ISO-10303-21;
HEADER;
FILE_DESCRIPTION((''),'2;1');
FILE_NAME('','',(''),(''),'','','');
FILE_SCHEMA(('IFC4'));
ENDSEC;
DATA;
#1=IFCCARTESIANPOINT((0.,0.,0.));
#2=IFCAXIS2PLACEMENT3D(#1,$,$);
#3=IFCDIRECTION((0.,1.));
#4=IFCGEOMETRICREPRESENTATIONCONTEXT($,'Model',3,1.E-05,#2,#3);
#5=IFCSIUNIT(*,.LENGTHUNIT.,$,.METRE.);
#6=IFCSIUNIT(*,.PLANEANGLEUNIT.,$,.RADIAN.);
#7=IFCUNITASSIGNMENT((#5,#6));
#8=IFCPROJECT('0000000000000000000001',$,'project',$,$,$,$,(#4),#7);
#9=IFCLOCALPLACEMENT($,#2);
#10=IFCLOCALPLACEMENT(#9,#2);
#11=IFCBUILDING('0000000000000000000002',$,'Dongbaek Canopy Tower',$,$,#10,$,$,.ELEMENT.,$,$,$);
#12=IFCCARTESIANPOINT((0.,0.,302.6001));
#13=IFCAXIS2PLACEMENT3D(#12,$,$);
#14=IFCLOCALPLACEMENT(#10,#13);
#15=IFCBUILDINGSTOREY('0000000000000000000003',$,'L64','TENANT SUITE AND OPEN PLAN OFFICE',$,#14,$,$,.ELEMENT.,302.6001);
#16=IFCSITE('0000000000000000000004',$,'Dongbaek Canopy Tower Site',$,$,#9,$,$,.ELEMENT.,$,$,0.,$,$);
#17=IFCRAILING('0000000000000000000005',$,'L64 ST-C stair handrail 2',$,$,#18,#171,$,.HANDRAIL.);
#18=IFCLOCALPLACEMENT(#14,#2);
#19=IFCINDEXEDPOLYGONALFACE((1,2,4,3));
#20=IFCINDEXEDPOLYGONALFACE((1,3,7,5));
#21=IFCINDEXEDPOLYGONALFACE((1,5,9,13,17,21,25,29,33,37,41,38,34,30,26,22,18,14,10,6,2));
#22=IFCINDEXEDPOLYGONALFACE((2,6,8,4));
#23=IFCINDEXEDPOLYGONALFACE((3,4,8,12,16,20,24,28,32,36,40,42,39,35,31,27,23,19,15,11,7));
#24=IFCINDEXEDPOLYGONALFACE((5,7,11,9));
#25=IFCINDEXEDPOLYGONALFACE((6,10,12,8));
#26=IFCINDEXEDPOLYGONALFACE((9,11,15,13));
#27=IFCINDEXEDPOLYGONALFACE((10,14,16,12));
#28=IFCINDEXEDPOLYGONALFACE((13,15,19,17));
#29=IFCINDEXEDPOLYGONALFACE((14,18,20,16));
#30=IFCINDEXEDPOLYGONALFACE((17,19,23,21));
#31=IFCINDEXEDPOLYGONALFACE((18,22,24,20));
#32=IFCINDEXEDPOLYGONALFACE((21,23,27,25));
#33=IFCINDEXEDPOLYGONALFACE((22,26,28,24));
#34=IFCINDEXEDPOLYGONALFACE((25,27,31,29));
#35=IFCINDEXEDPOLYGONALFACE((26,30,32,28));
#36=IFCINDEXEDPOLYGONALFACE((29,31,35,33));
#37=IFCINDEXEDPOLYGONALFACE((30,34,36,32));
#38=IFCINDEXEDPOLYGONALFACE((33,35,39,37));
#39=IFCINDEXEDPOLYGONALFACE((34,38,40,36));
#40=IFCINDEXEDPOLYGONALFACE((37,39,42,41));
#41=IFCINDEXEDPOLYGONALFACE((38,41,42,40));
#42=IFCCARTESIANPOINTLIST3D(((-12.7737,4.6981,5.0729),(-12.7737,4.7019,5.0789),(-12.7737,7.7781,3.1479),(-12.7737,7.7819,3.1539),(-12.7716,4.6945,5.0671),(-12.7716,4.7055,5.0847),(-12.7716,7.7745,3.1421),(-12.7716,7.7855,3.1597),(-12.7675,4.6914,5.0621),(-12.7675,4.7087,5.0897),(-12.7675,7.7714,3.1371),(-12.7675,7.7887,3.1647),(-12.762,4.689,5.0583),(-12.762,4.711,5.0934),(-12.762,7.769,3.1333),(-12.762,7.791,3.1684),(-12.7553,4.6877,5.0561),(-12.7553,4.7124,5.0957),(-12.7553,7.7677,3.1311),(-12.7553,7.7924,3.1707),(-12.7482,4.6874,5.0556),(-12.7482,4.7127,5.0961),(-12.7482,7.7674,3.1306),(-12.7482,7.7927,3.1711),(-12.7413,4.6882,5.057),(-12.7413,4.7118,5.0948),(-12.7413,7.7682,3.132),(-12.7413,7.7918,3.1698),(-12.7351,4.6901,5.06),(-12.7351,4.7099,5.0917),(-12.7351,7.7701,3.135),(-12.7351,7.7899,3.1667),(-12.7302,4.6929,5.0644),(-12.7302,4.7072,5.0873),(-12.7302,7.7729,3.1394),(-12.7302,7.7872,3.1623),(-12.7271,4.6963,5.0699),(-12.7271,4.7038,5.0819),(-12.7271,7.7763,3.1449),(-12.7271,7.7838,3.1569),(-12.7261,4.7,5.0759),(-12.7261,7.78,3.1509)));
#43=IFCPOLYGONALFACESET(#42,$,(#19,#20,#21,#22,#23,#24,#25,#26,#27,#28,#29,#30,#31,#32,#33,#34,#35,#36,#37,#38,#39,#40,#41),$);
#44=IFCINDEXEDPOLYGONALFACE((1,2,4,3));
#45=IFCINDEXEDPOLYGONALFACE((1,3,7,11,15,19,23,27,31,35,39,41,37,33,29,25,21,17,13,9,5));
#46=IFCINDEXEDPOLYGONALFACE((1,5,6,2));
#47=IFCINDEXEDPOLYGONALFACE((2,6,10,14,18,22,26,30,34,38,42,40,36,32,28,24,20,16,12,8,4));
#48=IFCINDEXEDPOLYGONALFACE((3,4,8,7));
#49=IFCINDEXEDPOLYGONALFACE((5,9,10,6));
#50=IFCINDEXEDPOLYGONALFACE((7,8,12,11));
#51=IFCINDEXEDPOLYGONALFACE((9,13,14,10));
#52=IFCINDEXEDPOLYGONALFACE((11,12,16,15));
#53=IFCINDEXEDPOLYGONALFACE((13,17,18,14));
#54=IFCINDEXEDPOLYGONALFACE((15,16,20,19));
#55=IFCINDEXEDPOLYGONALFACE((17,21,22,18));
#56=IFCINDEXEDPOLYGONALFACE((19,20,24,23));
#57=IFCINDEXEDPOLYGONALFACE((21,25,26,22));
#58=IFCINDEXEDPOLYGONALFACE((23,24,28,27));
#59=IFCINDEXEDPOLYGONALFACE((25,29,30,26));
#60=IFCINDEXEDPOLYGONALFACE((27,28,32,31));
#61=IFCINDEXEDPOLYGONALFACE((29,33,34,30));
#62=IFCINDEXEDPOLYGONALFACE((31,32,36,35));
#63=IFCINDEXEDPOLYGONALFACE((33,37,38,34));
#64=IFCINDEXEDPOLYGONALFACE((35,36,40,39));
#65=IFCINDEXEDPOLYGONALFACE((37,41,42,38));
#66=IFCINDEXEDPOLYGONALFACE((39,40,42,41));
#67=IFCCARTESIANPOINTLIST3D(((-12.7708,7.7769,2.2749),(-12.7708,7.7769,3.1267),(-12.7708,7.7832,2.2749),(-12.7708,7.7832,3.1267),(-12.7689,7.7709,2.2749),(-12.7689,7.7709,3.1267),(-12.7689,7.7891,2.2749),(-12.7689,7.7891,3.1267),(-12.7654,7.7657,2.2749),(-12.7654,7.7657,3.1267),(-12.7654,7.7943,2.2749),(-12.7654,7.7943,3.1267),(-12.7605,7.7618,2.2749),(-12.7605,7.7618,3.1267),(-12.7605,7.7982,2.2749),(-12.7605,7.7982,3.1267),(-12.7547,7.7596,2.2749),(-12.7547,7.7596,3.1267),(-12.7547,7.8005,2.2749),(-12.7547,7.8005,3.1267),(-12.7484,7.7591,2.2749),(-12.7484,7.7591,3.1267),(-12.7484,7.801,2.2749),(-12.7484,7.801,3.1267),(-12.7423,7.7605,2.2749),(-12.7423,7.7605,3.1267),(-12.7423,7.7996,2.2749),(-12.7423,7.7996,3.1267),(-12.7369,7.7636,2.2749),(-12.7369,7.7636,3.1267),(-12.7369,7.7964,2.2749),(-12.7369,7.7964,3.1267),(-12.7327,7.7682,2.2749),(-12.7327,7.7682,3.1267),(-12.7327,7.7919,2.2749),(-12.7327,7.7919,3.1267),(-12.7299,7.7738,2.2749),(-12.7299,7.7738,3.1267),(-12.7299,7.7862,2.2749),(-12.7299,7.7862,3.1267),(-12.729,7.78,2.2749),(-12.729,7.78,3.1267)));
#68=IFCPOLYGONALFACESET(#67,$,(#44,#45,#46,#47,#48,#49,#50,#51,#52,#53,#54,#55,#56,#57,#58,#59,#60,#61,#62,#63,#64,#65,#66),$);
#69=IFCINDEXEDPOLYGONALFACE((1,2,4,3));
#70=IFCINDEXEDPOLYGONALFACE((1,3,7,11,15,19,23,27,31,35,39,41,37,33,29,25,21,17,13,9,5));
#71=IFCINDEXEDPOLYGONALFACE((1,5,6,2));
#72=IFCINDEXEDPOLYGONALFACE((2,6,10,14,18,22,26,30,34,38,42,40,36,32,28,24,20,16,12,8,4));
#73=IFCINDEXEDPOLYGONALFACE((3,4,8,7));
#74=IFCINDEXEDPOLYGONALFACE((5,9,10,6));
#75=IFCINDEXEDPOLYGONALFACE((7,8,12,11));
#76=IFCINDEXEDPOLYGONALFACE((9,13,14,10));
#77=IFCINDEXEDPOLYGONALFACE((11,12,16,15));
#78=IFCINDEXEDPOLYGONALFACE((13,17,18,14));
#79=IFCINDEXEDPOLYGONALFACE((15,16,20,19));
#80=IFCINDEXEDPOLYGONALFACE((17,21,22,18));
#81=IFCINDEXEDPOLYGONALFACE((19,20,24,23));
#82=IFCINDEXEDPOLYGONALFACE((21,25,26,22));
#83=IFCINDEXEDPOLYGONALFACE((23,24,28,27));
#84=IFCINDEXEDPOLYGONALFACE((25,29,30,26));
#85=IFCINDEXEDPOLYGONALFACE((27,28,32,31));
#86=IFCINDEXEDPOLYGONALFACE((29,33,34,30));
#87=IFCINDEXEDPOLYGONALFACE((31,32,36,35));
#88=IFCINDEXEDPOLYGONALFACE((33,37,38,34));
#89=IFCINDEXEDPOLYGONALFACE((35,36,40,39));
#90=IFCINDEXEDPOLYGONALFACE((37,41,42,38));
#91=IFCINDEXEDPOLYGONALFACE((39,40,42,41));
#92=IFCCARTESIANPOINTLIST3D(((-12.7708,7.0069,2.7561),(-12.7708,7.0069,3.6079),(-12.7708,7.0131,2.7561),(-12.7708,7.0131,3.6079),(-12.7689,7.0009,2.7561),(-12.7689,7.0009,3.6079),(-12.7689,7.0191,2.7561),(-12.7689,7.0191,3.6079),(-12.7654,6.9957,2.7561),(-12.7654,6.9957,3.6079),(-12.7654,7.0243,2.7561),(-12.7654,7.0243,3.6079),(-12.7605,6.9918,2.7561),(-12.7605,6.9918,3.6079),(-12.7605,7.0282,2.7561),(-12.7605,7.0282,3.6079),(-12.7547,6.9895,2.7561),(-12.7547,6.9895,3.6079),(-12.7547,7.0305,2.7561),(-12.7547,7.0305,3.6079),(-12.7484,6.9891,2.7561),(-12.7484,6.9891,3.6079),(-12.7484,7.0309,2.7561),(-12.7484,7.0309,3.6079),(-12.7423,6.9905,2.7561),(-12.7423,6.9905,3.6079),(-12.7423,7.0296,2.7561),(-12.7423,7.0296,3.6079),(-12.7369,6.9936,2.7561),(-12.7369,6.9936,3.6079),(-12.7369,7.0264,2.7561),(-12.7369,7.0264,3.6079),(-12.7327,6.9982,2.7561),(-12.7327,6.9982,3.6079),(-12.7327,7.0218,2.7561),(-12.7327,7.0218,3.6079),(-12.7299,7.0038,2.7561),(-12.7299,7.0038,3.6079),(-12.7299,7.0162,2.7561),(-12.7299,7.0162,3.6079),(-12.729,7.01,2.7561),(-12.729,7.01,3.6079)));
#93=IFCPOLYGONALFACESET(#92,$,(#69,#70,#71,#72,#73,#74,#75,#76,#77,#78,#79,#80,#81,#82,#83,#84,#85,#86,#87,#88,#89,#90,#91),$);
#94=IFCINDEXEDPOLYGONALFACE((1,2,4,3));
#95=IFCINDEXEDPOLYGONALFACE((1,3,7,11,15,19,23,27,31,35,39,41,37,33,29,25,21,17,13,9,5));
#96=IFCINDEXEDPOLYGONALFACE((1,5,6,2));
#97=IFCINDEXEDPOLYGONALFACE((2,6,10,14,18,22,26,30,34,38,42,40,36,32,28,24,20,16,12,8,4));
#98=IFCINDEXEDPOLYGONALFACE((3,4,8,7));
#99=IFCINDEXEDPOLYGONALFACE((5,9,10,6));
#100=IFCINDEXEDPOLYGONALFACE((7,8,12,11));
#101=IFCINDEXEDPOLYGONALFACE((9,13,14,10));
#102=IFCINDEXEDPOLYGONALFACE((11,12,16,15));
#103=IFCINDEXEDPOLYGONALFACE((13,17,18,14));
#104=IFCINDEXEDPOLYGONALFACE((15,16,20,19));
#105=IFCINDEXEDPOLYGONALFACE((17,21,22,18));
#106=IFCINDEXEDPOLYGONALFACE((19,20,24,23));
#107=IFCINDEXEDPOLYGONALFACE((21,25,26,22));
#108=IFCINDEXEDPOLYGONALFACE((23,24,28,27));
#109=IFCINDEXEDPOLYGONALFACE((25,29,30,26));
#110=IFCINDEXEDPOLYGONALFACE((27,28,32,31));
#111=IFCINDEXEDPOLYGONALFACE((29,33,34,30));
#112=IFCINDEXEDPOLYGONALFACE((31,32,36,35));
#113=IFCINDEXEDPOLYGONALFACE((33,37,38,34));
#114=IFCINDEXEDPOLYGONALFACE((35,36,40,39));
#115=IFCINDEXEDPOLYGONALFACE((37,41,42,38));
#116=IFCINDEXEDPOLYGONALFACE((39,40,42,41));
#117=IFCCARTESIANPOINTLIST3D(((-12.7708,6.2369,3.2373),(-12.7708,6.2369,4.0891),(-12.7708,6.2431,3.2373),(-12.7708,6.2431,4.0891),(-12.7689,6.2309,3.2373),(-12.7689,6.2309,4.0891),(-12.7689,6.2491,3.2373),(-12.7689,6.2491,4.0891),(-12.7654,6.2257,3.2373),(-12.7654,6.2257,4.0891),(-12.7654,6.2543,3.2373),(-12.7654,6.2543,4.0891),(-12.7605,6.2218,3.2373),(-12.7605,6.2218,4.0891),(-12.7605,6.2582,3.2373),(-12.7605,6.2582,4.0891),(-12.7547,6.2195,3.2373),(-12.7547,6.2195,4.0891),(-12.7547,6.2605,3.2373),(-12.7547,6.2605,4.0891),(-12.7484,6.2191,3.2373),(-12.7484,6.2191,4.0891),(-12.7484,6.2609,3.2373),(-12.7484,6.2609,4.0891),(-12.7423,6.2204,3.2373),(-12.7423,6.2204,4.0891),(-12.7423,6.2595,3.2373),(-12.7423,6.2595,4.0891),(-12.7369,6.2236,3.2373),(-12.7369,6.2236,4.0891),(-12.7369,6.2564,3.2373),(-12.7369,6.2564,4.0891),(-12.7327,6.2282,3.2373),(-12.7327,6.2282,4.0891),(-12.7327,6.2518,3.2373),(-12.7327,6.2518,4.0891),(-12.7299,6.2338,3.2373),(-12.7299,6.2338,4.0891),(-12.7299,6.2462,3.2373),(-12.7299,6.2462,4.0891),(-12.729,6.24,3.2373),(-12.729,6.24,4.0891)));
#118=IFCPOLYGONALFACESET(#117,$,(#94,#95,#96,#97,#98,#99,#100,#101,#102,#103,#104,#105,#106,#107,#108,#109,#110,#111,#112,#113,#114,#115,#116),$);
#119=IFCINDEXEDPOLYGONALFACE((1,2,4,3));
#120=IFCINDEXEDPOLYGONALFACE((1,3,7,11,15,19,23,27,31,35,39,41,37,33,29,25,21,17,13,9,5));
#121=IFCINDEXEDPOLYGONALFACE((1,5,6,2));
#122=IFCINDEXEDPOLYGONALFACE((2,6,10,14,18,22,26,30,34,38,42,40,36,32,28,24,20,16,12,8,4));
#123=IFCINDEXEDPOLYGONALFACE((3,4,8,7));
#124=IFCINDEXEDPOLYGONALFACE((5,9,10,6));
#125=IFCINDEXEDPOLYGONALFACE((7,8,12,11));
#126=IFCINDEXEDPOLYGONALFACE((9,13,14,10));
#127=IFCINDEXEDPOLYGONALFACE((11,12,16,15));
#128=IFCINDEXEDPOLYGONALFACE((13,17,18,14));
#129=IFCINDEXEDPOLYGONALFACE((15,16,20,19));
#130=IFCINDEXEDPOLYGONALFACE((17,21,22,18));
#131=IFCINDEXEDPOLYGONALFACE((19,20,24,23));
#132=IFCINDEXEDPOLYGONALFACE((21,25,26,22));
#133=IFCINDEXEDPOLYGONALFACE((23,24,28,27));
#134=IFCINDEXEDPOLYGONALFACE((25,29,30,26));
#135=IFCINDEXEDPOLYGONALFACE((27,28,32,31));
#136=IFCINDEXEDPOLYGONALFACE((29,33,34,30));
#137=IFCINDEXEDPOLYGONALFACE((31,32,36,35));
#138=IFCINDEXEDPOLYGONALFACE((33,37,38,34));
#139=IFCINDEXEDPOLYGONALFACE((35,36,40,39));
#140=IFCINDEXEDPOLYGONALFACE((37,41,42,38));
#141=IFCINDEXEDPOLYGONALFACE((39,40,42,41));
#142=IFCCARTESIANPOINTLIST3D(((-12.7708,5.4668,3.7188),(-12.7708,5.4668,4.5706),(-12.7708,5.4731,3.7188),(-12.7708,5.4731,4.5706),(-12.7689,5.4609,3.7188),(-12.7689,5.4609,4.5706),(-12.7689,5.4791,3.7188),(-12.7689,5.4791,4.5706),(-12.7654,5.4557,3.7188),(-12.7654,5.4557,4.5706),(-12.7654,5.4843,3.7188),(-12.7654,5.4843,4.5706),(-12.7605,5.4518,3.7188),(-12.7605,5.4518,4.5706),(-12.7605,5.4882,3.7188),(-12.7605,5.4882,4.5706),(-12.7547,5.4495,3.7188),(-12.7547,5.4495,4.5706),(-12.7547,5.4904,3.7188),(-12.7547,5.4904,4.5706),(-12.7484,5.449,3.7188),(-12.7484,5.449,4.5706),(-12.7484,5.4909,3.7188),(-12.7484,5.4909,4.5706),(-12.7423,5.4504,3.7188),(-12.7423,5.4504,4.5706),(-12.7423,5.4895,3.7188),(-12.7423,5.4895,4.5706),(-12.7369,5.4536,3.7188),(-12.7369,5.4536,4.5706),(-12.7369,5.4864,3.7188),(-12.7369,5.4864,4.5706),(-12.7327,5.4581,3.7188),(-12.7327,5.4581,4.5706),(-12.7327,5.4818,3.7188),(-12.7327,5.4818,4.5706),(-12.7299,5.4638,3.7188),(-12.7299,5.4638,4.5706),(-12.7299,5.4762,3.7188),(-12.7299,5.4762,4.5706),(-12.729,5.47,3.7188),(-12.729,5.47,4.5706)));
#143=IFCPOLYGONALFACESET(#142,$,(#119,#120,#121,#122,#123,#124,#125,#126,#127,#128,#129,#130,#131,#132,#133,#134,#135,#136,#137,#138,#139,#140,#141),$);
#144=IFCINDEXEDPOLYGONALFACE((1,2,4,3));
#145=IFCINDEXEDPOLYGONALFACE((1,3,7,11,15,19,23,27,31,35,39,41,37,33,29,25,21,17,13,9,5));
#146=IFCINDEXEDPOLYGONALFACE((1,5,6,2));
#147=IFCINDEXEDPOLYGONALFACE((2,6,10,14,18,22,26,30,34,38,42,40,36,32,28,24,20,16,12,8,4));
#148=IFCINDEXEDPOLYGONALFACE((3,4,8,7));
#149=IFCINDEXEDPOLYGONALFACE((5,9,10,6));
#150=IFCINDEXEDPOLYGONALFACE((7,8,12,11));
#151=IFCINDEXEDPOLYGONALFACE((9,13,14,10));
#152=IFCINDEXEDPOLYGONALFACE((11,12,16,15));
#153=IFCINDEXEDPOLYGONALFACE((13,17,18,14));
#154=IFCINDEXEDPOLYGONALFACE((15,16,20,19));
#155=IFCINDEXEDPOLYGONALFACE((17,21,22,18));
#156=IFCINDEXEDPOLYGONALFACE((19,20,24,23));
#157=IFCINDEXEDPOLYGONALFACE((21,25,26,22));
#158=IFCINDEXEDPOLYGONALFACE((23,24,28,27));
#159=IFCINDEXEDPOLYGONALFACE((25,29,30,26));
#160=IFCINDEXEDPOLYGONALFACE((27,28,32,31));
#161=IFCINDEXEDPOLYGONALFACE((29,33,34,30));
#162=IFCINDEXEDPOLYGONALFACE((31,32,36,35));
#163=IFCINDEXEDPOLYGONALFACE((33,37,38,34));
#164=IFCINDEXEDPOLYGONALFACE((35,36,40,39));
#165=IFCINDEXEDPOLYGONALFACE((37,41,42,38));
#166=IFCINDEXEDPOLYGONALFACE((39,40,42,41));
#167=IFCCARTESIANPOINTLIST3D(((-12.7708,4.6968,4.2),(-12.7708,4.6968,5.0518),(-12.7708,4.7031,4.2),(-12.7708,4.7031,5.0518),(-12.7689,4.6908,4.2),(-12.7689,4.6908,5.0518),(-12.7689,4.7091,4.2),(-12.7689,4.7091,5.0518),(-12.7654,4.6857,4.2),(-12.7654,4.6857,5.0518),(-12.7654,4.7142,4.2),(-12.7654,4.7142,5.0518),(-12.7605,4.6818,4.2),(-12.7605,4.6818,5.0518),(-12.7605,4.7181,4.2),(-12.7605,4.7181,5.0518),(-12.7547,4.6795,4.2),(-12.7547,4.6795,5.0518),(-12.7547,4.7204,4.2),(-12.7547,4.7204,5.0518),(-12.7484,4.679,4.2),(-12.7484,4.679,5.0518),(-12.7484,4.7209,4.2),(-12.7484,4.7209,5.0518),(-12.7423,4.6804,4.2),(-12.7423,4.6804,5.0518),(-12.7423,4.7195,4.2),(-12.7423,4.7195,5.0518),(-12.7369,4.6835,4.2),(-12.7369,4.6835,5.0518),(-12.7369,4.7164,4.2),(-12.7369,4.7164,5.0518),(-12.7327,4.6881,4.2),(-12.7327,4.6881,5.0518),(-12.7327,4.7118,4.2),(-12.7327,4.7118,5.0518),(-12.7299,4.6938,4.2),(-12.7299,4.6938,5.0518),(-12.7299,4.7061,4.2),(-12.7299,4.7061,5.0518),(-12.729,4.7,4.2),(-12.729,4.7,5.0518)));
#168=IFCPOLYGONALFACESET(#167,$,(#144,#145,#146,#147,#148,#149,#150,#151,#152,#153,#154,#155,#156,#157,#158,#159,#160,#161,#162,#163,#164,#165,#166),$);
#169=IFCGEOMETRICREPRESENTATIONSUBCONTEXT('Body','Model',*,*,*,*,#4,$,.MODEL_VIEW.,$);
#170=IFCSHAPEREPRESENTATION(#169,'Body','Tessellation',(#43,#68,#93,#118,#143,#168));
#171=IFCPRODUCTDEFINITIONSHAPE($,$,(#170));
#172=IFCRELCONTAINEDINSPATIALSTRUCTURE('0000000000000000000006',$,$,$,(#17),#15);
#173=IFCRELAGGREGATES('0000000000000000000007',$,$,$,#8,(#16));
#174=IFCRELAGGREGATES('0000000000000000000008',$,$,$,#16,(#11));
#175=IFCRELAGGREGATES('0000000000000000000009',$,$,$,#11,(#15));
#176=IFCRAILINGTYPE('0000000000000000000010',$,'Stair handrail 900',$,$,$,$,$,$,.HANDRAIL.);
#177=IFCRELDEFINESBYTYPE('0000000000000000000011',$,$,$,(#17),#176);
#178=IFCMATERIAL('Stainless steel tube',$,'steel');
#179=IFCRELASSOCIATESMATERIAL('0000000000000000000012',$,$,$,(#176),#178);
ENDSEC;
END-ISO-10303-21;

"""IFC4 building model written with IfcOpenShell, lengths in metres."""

from ifc_helpers import new_model, si_unit, direction, frame, origin, origin_2d, place, context, subcontext, project, spatial, circle, extrude, material, type_object, element, save


model = new_model("IFC4")

# Units and contexts
model_context = context("Model", 3, precision=1e-05, world=origin(), true_north=direction((0.0, 1.0)))
body_context = subcontext(model_context, "Body", "Model", "MODEL_VIEW")
ifc_project = project(units=[si_unit("LENGTHUNIT", "METRE"), si_unit("PLANEANGLEUNIT", "RADIAN")], contexts=[model_context])

# Site, building, storey
site_placement = place(None, origin())
site = spatial("IfcSite", under=ifc_project, at=site_placement, Name="Dongbaek Canopy Tower Site", CompositionType="ELEMENT", RefElevation=0.0)
building_placement = place(site_placement, origin())
building = spatial("IfcBuilding", under=site, at=building_placement, Name="Dongbaek Canopy Tower", CompositionType="ELEMENT")
storey_placement = place(building_placement, frame((0.0, 0.0, 302.6001)))
storey = spatial("IfcBuildingStorey", under=building, at=storey_placement, Name="L64", Description="TENANT SUITE AND OPEN PLAN OFFICE", CompositionType="ELEMENT", Elevation=302.6001)

# Railing
ifc_material_1 = material(Name="Stainless steel tube", Category="steel")
railing_type_1 = type_object("IfcRailingType", Name="Stair handrail 900", PredefinedType="HANDRAIL", material=ifc_material_1)
railing_1_placement = place(storey_placement, frame((-12.75, 7.78, 2.2749)))
element("IfcRailing", 1, at=railing_1_placement, inside=storey, type_object=railing_type_1, Name="L64 ST-C stair handrail 2", PredefinedType="HANDRAIL", context=body_context, shape_type="SweptSolid", body=[
    extrude(circle(Radius=0.0239, at=origin_2d()), frame((0.0, 0.0, 0.876), z_axis=(0.0, -0.847998, 0.529999), x_axis=(1.0, 0.0, 0.0)), (0.0, 0.0, 1.0), 3.6321),
    extrude(circle(Radius=0.021, at=origin_2d()), origin(), (0.0, 0.0, 1.0), 0.8518),
    extrude(circle(Radius=0.021, at=origin_2d()), frame((0.0, -0.77, 0.4812)), (0.0, 0.0, 1.0), 0.8518),
    extrude(circle(Radius=0.021, at=origin_2d()), frame((0.0, -1.54, 0.9624)), (0.0, 0.0, 1.0), 0.8518),
    extrude(circle(Radius=0.021, at=origin_2d()), frame((0.0, -2.3101, 1.4438)), (0.0, 0.0, 1.0), 0.8518),
    extrude(circle(Radius=0.021, at=origin_2d()), frame((0.0, -3.0801, 1.925)), (0.0, 0.0, 1.0), 0.8518),
])

save(model, "model.ifc")
